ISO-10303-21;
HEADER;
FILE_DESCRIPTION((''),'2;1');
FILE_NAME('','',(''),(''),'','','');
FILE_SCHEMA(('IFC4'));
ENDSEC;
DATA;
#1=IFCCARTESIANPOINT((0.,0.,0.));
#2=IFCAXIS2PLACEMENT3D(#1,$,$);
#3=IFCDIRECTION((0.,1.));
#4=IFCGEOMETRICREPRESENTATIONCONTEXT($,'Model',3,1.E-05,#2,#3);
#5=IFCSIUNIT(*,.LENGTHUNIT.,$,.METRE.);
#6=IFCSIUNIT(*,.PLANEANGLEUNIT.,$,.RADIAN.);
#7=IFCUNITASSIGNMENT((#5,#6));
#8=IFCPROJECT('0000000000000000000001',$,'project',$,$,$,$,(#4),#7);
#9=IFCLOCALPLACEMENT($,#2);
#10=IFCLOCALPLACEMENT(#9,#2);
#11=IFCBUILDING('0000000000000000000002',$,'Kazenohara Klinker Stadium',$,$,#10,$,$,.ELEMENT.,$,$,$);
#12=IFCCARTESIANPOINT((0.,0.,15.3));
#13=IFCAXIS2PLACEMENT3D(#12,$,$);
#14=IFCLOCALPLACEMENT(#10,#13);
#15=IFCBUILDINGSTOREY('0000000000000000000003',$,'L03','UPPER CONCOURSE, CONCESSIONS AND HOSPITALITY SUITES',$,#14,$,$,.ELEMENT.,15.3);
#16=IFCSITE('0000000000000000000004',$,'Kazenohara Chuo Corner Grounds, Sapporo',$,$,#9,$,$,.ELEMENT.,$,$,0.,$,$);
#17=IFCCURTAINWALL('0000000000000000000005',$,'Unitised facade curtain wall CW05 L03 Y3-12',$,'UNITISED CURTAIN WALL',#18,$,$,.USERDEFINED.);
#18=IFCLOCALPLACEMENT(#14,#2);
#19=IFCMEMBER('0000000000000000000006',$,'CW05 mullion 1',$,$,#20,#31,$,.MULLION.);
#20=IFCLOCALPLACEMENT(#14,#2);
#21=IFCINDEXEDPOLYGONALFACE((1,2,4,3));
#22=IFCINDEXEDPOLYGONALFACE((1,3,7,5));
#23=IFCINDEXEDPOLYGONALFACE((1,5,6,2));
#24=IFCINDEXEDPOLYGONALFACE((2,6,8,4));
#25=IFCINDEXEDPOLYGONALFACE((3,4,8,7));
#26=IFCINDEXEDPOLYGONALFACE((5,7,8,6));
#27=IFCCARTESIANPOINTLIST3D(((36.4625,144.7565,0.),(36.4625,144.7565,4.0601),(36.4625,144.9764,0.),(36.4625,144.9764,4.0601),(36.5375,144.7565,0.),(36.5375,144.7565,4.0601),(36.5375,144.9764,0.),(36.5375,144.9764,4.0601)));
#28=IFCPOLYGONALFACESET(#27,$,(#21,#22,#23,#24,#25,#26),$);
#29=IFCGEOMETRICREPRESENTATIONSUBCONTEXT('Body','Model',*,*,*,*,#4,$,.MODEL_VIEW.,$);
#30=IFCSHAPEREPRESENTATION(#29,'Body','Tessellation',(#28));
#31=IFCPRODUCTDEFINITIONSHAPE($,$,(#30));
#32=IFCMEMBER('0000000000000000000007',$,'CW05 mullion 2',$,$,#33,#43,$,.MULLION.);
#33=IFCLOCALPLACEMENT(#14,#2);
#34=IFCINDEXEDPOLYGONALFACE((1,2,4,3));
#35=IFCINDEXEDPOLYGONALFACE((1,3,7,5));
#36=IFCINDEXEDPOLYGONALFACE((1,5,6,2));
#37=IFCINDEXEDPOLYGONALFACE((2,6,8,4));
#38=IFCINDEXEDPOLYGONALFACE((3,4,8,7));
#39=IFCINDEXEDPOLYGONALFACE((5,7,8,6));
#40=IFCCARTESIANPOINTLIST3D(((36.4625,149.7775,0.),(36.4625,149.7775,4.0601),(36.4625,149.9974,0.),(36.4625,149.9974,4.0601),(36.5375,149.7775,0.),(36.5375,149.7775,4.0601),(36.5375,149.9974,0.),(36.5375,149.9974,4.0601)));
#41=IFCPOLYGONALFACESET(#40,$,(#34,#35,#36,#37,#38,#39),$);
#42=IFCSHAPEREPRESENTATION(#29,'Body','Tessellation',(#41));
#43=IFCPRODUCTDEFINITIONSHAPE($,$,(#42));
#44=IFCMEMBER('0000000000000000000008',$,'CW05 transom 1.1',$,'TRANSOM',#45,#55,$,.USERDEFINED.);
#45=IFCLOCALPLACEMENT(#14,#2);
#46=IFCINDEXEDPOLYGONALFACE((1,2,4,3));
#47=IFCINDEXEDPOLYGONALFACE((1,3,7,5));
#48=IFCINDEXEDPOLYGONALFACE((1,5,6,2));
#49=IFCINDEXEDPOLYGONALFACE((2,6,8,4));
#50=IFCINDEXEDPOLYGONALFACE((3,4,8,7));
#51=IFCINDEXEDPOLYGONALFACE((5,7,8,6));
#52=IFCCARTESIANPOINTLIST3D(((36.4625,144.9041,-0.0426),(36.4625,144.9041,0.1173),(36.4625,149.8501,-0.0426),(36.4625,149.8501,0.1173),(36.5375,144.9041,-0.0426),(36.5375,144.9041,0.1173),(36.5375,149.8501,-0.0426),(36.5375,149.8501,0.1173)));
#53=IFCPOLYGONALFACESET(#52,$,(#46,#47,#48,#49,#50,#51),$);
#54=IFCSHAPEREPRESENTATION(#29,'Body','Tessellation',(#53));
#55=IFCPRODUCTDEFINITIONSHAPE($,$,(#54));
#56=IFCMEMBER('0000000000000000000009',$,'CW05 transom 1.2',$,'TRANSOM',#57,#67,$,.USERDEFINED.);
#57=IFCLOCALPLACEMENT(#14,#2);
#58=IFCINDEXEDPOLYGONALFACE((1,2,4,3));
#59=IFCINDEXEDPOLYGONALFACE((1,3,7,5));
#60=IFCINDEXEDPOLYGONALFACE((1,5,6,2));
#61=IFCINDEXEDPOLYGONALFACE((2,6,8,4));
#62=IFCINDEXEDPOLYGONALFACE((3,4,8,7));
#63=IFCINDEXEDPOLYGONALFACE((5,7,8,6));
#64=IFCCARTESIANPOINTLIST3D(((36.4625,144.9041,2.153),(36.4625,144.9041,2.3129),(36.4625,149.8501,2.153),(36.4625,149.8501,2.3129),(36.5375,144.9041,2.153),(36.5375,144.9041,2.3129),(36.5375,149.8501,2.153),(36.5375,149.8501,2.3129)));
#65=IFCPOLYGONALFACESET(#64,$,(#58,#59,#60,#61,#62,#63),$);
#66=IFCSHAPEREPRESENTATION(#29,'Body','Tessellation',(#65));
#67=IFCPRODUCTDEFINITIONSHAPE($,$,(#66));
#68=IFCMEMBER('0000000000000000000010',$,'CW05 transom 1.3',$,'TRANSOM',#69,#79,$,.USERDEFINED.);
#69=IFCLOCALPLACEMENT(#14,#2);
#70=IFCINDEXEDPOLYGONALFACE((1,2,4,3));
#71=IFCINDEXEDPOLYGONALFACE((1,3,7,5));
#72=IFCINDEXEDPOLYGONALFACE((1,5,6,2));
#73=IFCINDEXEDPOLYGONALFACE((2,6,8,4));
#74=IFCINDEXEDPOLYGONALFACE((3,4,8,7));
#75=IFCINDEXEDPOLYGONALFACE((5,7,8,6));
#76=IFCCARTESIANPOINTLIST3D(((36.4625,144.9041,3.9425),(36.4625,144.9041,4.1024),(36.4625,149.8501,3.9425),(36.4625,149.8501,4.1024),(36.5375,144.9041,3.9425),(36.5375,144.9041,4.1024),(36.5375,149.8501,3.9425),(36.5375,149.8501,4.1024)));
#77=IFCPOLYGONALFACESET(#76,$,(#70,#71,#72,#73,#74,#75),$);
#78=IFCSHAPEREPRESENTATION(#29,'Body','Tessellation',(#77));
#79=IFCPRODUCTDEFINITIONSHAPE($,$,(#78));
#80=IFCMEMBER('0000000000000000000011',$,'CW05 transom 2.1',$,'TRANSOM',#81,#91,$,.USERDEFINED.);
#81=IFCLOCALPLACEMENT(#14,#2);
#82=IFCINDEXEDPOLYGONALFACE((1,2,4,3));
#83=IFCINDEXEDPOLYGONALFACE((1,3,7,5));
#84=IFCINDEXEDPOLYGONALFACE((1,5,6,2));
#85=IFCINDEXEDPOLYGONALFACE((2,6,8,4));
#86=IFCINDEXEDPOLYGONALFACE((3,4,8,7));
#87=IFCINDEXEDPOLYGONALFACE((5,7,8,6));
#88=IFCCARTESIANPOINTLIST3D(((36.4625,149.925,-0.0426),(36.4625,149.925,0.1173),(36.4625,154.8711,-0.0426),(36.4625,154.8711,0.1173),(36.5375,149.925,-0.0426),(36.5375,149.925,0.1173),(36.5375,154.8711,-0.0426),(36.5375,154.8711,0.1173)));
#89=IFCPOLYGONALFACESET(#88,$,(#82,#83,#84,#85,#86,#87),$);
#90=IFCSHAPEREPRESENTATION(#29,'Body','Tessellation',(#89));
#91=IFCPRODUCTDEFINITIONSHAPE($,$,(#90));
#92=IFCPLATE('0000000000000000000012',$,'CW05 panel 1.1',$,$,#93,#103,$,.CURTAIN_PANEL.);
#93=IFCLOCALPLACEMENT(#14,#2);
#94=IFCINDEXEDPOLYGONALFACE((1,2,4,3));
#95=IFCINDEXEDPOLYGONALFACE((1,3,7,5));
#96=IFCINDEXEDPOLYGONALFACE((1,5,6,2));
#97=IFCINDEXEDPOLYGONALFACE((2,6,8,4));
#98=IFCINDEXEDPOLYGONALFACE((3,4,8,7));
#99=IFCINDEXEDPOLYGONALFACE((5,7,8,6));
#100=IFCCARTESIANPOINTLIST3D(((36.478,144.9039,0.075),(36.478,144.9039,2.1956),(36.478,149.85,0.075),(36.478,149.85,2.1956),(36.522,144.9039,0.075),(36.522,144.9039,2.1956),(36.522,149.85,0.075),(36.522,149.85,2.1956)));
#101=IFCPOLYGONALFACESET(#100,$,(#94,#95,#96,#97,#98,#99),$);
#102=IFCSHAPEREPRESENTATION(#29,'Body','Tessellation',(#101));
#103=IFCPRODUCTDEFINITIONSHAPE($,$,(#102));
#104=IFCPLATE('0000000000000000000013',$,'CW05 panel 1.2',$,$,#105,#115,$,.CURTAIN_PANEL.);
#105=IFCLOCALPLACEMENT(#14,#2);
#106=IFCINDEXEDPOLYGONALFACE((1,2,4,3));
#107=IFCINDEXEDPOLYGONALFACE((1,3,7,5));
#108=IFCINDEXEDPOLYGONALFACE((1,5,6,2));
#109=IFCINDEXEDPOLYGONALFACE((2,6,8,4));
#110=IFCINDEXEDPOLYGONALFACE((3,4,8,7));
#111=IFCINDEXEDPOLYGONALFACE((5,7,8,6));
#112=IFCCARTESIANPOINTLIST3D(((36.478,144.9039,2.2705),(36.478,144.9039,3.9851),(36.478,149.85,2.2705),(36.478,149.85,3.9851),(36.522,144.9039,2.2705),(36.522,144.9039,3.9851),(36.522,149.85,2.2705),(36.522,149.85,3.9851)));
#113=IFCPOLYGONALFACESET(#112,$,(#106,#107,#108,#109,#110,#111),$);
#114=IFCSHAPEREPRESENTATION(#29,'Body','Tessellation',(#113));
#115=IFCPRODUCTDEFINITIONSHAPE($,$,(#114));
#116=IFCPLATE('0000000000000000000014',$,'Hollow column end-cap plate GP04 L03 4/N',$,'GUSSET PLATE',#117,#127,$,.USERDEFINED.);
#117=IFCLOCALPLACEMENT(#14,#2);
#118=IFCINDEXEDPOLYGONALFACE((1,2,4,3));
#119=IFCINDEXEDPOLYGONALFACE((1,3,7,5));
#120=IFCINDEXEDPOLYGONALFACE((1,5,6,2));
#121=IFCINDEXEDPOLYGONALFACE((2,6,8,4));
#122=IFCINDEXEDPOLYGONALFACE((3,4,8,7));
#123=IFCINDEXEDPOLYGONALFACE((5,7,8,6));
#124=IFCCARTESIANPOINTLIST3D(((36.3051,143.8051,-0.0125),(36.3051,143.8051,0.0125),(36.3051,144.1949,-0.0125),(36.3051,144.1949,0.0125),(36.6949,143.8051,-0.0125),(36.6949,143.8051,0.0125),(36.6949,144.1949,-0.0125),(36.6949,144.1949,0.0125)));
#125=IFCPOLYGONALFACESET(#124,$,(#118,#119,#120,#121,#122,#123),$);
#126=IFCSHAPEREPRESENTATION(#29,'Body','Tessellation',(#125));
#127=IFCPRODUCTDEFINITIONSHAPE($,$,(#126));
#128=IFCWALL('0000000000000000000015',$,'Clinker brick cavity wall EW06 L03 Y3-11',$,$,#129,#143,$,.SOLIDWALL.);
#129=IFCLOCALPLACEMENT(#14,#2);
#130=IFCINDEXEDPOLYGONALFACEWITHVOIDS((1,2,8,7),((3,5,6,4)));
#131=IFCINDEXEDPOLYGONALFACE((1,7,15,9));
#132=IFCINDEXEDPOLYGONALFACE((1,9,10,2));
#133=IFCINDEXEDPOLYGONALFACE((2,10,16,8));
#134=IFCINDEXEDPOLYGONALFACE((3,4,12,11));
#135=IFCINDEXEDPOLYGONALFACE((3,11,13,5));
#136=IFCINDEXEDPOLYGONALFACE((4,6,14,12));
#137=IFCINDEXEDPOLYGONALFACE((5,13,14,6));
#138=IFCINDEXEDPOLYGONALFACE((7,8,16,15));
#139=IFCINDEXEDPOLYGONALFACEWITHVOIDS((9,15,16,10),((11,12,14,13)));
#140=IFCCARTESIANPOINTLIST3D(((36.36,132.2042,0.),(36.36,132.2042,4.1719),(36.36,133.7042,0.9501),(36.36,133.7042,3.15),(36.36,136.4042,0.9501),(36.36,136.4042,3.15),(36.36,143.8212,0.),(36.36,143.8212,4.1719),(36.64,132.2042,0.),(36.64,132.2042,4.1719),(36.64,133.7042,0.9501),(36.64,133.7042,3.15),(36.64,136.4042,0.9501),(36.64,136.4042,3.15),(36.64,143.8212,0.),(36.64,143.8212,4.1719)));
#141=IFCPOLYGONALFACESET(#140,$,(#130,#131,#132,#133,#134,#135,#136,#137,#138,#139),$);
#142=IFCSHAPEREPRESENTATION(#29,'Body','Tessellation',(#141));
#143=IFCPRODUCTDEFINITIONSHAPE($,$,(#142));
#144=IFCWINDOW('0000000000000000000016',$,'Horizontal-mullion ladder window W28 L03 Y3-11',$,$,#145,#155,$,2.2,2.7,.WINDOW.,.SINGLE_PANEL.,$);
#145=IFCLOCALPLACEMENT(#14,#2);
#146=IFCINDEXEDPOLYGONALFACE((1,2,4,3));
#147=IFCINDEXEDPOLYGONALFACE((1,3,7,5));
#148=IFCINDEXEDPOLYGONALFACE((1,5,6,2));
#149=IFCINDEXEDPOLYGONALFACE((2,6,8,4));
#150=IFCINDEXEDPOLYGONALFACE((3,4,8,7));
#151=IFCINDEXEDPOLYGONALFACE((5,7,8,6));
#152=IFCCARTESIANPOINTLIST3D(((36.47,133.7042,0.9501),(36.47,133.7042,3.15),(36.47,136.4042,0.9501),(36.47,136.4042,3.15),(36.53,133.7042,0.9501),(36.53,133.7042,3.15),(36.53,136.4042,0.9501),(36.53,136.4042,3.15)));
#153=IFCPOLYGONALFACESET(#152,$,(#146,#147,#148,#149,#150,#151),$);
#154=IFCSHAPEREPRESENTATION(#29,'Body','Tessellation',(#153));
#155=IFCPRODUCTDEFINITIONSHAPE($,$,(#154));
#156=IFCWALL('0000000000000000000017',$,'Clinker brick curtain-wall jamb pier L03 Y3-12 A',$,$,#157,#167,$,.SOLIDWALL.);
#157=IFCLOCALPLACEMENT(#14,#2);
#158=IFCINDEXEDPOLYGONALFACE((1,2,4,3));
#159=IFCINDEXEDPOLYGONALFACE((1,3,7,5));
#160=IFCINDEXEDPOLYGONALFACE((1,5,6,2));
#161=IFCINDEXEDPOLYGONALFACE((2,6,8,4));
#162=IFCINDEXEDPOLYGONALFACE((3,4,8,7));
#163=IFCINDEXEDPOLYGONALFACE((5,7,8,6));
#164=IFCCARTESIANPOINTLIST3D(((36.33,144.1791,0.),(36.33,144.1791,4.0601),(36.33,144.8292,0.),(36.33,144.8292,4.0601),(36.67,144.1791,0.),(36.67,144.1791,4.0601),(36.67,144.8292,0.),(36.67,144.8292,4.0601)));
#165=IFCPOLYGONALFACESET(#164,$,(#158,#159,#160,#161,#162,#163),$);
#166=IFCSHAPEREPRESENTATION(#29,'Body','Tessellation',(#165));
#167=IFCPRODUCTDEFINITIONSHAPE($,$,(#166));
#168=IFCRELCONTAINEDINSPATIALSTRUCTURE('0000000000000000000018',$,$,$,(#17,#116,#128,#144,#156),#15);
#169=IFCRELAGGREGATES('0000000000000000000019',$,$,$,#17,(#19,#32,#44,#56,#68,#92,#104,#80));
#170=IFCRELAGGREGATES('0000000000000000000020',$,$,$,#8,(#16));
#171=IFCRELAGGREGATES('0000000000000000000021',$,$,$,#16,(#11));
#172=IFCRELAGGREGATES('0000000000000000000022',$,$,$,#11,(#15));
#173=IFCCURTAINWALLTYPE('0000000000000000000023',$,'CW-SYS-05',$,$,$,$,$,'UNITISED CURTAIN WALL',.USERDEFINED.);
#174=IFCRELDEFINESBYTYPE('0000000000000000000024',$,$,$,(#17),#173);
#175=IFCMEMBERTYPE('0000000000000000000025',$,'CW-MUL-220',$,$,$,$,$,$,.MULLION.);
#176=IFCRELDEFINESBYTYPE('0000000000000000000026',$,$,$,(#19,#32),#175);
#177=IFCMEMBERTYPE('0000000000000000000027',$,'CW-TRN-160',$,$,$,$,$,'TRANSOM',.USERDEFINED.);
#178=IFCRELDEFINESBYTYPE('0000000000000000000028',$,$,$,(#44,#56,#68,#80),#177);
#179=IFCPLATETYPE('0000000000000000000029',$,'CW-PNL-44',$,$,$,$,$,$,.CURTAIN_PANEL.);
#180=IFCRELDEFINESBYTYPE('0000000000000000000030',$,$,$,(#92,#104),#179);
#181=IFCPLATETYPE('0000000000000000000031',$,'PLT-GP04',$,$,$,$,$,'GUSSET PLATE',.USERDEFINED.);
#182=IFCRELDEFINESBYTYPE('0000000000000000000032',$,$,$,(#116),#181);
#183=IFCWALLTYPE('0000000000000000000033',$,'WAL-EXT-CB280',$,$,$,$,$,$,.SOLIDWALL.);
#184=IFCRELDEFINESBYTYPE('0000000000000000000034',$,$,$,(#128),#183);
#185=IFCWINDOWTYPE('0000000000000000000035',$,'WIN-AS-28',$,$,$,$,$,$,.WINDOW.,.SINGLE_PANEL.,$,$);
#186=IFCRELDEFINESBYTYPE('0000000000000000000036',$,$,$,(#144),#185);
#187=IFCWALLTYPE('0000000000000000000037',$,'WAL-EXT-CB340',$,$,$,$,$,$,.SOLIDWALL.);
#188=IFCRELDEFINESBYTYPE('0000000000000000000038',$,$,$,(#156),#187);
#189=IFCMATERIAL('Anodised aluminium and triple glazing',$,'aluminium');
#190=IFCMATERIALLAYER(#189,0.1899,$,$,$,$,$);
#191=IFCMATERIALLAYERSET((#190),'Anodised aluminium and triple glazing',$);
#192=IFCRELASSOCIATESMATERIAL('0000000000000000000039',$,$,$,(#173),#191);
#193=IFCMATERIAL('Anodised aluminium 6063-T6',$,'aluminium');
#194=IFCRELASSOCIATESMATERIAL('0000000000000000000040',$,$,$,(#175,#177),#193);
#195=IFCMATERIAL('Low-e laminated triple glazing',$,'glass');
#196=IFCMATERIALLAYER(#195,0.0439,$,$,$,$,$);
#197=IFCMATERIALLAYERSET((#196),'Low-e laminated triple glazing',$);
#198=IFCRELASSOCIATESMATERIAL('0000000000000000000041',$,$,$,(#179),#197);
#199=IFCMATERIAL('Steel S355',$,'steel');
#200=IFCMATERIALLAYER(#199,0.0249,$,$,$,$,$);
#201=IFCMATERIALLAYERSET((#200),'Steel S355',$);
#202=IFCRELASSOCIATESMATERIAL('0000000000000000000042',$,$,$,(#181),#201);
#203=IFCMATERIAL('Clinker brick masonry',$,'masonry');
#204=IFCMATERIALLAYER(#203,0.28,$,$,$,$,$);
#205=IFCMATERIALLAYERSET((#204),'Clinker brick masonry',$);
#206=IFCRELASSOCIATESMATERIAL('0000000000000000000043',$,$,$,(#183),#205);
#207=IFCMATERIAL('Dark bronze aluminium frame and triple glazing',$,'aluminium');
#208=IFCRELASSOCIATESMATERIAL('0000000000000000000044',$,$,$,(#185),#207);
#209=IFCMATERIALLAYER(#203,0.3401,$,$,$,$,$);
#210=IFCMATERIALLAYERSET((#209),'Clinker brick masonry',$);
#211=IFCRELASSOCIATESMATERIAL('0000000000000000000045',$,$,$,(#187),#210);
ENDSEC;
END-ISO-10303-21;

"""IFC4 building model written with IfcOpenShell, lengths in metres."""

from ifc_helpers import new_model, si_unit, direction, frame, frame_2d, origin, origin_2d, place, context, subcontext, project, spatial, rectangle, extrude, material, layer, layer_set, material_profile, profile_set, type_object, element, fill, aggregate, save


model = new_model("IFC4")

# Units and contexts
model_context = context("Model", 3, precision=1e-05, world=origin(), true_north=direction((0.0, 1.0)))
body_context = subcontext(model_context, "Body", "Model", "MODEL_VIEW")
ifc_project = project(units=[si_unit("LENGTHUNIT", "METRE"), si_unit("PLANEANGLEUNIT", "RADIAN")], contexts=[model_context])

# Site, building, storey
site_placement = place(None, origin())
site = spatial("IfcSite", under=ifc_project, at=site_placement, Name="Kazenohara Chuo Corner Grounds, Sapporo", CompositionType="ELEMENT", RefElevation=0.0)
building_placement = place(site_placement, origin())
building = spatial("IfcBuilding", under=site, at=building_placement, Name="Kazenohara Klinker Stadium", CompositionType="ELEMENT")
storey_placement = place(building_placement, frame((0.0, 0.0, 15.3)))
storey = spatial("IfcBuildingStorey", under=building, at=storey_placement, Name="L03", Description="UPPER CONCOURSE, CONCESSIONS AND HOSPITALITY SUITES", CompositionType="ELEMENT", Elevation=15.3)

# Shared definitions
ifc_material_1 = material(Name="Steel S355", Category="steel")

# Curtain wall, members, plates
ifc_material_2 = material(Name="Anodised aluminium and triple glazing", Category="aluminium")
ifc_layer_1 = layer(ifc_material_2, 0.1899)
ifc_layer_set_1 = layer_set([ifc_layer_1], Name="Anodised aluminium and triple glazing")
curtain_wall_type = type_object("IfcCurtainWallType", Name="CW-SYS-05", ElementType="UNITISED CURTAIN WALL", PredefinedType="USERDEFINED", material=ifc_layer_set_1)
curtain_wall_placement = place(storey_placement, origin())
curtain_wall = element("IfcCurtainWall", 1, at=curtain_wall_placement, inside=storey, type_object=curtain_wall_type, Name="Unitised facade curtain wall CW05 L03 Y3-12", ObjectType="UNITISED CURTAIN WALL", PredefinedType="USERDEFINED")
ifc_material_3 = material(Name="Anodised aluminium 6063-T6", Category="aluminium")
ifc_material_profile_1 = material_profile(ifc_material_3, rectangle(XDim=0.075, YDim=0.22, at=origin_2d()), Name="ALU-MUL-75x220")
ifc_profile_set_1 = profile_set([ifc_material_profile_1], Name="Anodised aluminium 6063-T6")
member_type_1 = type_object("IfcMemberType", Name="CW-MUL-220", PredefinedType="MULLION", material=ifc_profile_set_1)
member_1_placement = place(storey_placement, frame((36.5, 144.8665, 0.0), z_axis=(0.0, 0.0, 1.0), x_axis=(-1.0, 0.0, 0.0)))
member_1 = element("IfcMember", 2, at=member_1_placement, type_object=member_type_1, Name="CW05 mullion 1", PredefinedType="MULLION", context=body_context, shape_type="SweptSolid", body=[
    extrude(rectangle(XDim=0.075, YDim=0.22, at=origin_2d()), origin(), (0.0, 0.0, 1.0), 4.0601),
])
member_2_placement = place(storey_placement, frame((36.5, 149.8875, 0.0), z_axis=(0.0, 0.0, 1.0), x_axis=(-1.0, 0.0, 0.0)))
member_2 = element("IfcMember", 3, at=member_2_placement, type_object=member_type_1, Name="CW05 mullion 2", PredefinedType="MULLION", context=body_context, shape_type="SweptSolid", body=[
    extrude(rectangle(XDim=0.075, YDim=0.22, at=origin_2d()), origin(), (0.0, 0.0, 1.0), 4.0601),
])
ifc_material_profile_2 = material_profile(ifc_material_3, rectangle(XDim=0.075, YDim=0.1599, at=origin_2d()), Name="ALU-TRN-75x160")
ifc_profile_set_2 = profile_set([ifc_material_profile_2], Name="Anodised aluminium 6063-T6")
member_type_2 = type_object("IfcMemberType", Name="CW-TRN-160", ElementType="TRANSOM", PredefinedType="USERDEFINED", material=ifc_profile_set_2)
member_3_placement = place(storey_placement, frame((36.5, 144.9041, 0.0374), z_axis=(0.0, 1.0, 0.0), x_axis=(-1.0, 0.0, 0.0)))
member_3 = element("IfcMember", 4, at=member_3_placement, type_object=member_type_2, Name="CW05 transom 1.1", ObjectType="TRANSOM", PredefinedType="USERDEFINED", context=body_context, shape_type="SweptSolid", body=[
    extrude(rectangle(XDim=0.075, YDim=0.1599, at=origin_2d()), origin(), (0.0, 0.0, 1.0), 4.946),
])
member_4_placement = place(storey_placement, frame((36.5, 144.9041, 2.2329), z_axis=(0.0, 1.0, 0.0), x_axis=(-1.0, 0.0, 0.0)))
member_4 = element("IfcMember", 5, at=member_4_placement, type_object=member_type_2, Name="CW05 transom 1.2", ObjectType="TRANSOM", PredefinedType="USERDEFINED", context=body_context, shape_type="SweptSolid", body=[
    extrude(rectangle(XDim=0.075, YDim=0.1599, at=origin_2d()), origin(), (0.0, 0.0, 1.0), 4.946),
])
member_5_placement = place(storey_placement, frame((36.5, 144.9041, 4.0225), z_axis=(0.0, 1.0, 0.0), x_axis=(-1.0, 0.0, 0.0)))
member_5 = element("IfcMember", 6, at=member_5_placement, type_object=member_type_2, Name="CW05 transom 1.3", ObjectType="TRANSOM", PredefinedType="USERDEFINED", context=body_context, shape_type="SweptSolid", body=[
    extrude(rectangle(XDim=0.075, YDim=0.1599, at=origin_2d()), origin(), (0.0, 0.0, 1.0), 4.946),
])
member_6_placement = place(storey_placement, frame((36.5, 149.925, 0.0374), z_axis=(0.0, 1.0, 0.0), x_axis=(-1.0, 0.0, 0.0)))
member_6 = element("IfcMember", 7, at=member_6_placement, type_object=member_type_2, Name="CW05 transom 2.1", ObjectType="TRANSOM", PredefinedType="USERDEFINED", context=body_context, shape_type="SweptSolid", body=[
    extrude(rectangle(XDim=0.075, YDim=0.1599, at=origin_2d()), origin(), (0.0, 0.0, 1.0), 4.946),
])
ifc_material_4 = material(Name="Low-e laminated triple glazing", Category="glass")
ifc_layer_2 = layer(ifc_material_4, 0.0439)
ifc_layer_set_2 = layer_set([ifc_layer_2], Name="Low-e laminated triple glazing")
plate_type_1 = type_object("IfcPlateType", Name="CW-PNL-44", PredefinedType="CURTAIN_PANEL", material=ifc_layer_set_2)
plate_1_placement = place(storey_placement, frame((36.5, 147.377, 0.075), z_axis=(0.0, 0.0, 1.0), x_axis=(0.0, 1.0, 0.0)))
plate_1 = element("IfcPlate", 8, at=plate_1_placement, type_object=plate_type_1, Name="CW05 panel 1.1", PredefinedType="CURTAIN_PANEL", context=body_context, shape_type="SweptSolid", body=[
    extrude(rectangle(XDim=4.946, YDim=0.0439, at=origin_2d()), origin(), (0.0, 0.0, 1.0), 2.1206),
])
plate_2_placement = place(storey_placement, frame((36.5, 147.377, 2.2705), z_axis=(0.0, 0.0, 1.0), x_axis=(0.0, 1.0, 0.0)))
plate_2 = element("IfcPlate", 9, at=plate_2_placement, type_object=plate_type_1, Name="CW05 panel 1.2", PredefinedType="CURTAIN_PANEL", context=body_context, shape_type="SweptSolid", body=[
    extrude(rectangle(XDim=4.946, YDim=0.0439, at=origin_2d()), origin(), (0.0, 0.0, 1.0), 1.7146),
])
aggregate(curtain_wall, [member_1, member_2, member_3, member_4, member_5, plate_1, plate_2, member_6])

# Plate
ifc_layer_3 = layer(ifc_material_1, 0.0249)
ifc_layer_set_3 = layer_set([ifc_layer_3], Name="Steel S355")
plate_type_2 = type_object("IfcPlateType", Name="PLT-GP04", ElementType="GUSSET PLATE", PredefinedType="USERDEFINED", material=ifc_layer_set_3)
plate_3_placement = place(storey_placement, frame((36.5, 144.0, -0.0125), z_axis=(0.0, 0.0, 1.0), x_axis=(1.0, 0.0, 0.0)))
element("IfcPlate", 10, at=plate_3_placement, inside=storey, type_object=plate_type_2, Name="Hollow column end-cap plate GP04 L03 4/N", ObjectType="GUSSET PLATE", PredefinedType="USERDEFINED", context=body_context, shape_type="SweptSolid", body=[
    extrude(rectangle(XDim=0.3899, YDim=0.3899, at=origin_2d()), origin(), (0.0, 0.0, 1.0), 0.0249),
])

# Wall, opening, window
ifc_material_5 = material(Name="Clinker brick masonry", Category="masonry")
ifc_layer_4 = layer(ifc_material_5, 0.28)
ifc_layer_set_4 = layer_set([ifc_layer_4], Name="Clinker brick masonry")
wall_type_1 = type_object("IfcWallType", Name="WAL-EXT-CB280", PredefinedType="SOLIDWALL", material=ifc_layer_set_4)
wall_1_placement = place(storey_placement, frame((36.5, 132.2041, 0.0), z_axis=(0.0, 0.0, 1.0), x_axis=(0.0, 1.0, 0.0)))
wall_1 = element("IfcWall", 11, at=wall_1_placement, inside=storey, type_object=wall_type_1, Name="Clinker brick cavity wall EW06 L03 Y3-11", PredefinedType="SOLIDWALL", context=body_context, shape_type="SweptSolid", body=[
    extrude(rectangle(XDim=11.6169, YDim=0.28, at=frame_2d((5.8086, 0.0))), origin(), (0.0, 0.0, 1.0), 4.1719),
])
opening_1_placement = place(wall_1_placement, frame((1.5, 0.0, 0.95)))
opening_1 = element("IfcOpeningElement", 12, at=opening_1_placement, cuts=wall_1, PredefinedType="OPENING", context=body_context, shape_type="SweptSolid", body=[
    extrude(rectangle(XDim=2.7, YDim=2.2, at=frame_2d((1.3501, 1.1001))), frame((0.0, 0.1499, 0.0), z_axis=(0.0, -1.0, 0.0), x_axis=(1.0, 0.0, 0.0)), (0.0, 0.0, 1.0), 0.3),
])
ifc_material_6 = material(Name="Dark bronze aluminium frame and triple glazing", Category="aluminium")
window_type = type_object("IfcWindowType", Name="WIN-AS-28", PartitioningType="SINGLE_PANEL", PredefinedType="WINDOW", material=ifc_material_6)
window_placement = place(opening_1_placement, origin())
window = element("IfcWindow", 13, at=window_placement, inside=storey, type_object=window_type, Name="Horizontal-mullion ladder window W28 L03 Y3-11", OverallHeight=2.2, OverallWidth=2.7, PartitioningType="SINGLE_PANEL", PredefinedType="WINDOW", context=body_context, shape_type="SweptSolid", body=[
    extrude(rectangle(XDim=2.7, YDim=2.2, at=frame_2d((1.3501, 1.1001))), frame((0.0, 0.03, 0.0), z_axis=(0.0, -1.0, 0.0), x_axis=(1.0, 0.0, 0.0)), (0.0, 0.0, 1.0), 0.0601),
])
fill(opening_1, window)

# Wall
ifc_layer_5 = layer(ifc_material_5, 0.3401)
ifc_layer_set_5 = layer_set([ifc_layer_5], Name="Clinker brick masonry")
wall_type_2 = type_object("IfcWallType", Name="WAL-EXT-CB340", PredefinedType="SOLIDWALL", material=ifc_layer_set_5)
wall_2_placement = place(storey_placement, frame((36.5, 144.179, 0.0), z_axis=(0.0, 0.0, 1.0), x_axis=(0.0, 1.0, 0.0)))
element("IfcWall", 14, at=wall_2_placement, inside=storey, type_object=wall_type_2, Name="Clinker brick curtain-wall jamb pier L03 Y3-12 A", PredefinedType="SOLIDWALL", context=body_context, shape_type="SweptSolid", body=[
    extrude(rectangle(XDim=0.6501, YDim=0.3401, at=frame_2d((0.3252, 0.0))), origin(), (0.0, 0.0, 1.0), 4.0601),
])

save(model, "model.ifc")
